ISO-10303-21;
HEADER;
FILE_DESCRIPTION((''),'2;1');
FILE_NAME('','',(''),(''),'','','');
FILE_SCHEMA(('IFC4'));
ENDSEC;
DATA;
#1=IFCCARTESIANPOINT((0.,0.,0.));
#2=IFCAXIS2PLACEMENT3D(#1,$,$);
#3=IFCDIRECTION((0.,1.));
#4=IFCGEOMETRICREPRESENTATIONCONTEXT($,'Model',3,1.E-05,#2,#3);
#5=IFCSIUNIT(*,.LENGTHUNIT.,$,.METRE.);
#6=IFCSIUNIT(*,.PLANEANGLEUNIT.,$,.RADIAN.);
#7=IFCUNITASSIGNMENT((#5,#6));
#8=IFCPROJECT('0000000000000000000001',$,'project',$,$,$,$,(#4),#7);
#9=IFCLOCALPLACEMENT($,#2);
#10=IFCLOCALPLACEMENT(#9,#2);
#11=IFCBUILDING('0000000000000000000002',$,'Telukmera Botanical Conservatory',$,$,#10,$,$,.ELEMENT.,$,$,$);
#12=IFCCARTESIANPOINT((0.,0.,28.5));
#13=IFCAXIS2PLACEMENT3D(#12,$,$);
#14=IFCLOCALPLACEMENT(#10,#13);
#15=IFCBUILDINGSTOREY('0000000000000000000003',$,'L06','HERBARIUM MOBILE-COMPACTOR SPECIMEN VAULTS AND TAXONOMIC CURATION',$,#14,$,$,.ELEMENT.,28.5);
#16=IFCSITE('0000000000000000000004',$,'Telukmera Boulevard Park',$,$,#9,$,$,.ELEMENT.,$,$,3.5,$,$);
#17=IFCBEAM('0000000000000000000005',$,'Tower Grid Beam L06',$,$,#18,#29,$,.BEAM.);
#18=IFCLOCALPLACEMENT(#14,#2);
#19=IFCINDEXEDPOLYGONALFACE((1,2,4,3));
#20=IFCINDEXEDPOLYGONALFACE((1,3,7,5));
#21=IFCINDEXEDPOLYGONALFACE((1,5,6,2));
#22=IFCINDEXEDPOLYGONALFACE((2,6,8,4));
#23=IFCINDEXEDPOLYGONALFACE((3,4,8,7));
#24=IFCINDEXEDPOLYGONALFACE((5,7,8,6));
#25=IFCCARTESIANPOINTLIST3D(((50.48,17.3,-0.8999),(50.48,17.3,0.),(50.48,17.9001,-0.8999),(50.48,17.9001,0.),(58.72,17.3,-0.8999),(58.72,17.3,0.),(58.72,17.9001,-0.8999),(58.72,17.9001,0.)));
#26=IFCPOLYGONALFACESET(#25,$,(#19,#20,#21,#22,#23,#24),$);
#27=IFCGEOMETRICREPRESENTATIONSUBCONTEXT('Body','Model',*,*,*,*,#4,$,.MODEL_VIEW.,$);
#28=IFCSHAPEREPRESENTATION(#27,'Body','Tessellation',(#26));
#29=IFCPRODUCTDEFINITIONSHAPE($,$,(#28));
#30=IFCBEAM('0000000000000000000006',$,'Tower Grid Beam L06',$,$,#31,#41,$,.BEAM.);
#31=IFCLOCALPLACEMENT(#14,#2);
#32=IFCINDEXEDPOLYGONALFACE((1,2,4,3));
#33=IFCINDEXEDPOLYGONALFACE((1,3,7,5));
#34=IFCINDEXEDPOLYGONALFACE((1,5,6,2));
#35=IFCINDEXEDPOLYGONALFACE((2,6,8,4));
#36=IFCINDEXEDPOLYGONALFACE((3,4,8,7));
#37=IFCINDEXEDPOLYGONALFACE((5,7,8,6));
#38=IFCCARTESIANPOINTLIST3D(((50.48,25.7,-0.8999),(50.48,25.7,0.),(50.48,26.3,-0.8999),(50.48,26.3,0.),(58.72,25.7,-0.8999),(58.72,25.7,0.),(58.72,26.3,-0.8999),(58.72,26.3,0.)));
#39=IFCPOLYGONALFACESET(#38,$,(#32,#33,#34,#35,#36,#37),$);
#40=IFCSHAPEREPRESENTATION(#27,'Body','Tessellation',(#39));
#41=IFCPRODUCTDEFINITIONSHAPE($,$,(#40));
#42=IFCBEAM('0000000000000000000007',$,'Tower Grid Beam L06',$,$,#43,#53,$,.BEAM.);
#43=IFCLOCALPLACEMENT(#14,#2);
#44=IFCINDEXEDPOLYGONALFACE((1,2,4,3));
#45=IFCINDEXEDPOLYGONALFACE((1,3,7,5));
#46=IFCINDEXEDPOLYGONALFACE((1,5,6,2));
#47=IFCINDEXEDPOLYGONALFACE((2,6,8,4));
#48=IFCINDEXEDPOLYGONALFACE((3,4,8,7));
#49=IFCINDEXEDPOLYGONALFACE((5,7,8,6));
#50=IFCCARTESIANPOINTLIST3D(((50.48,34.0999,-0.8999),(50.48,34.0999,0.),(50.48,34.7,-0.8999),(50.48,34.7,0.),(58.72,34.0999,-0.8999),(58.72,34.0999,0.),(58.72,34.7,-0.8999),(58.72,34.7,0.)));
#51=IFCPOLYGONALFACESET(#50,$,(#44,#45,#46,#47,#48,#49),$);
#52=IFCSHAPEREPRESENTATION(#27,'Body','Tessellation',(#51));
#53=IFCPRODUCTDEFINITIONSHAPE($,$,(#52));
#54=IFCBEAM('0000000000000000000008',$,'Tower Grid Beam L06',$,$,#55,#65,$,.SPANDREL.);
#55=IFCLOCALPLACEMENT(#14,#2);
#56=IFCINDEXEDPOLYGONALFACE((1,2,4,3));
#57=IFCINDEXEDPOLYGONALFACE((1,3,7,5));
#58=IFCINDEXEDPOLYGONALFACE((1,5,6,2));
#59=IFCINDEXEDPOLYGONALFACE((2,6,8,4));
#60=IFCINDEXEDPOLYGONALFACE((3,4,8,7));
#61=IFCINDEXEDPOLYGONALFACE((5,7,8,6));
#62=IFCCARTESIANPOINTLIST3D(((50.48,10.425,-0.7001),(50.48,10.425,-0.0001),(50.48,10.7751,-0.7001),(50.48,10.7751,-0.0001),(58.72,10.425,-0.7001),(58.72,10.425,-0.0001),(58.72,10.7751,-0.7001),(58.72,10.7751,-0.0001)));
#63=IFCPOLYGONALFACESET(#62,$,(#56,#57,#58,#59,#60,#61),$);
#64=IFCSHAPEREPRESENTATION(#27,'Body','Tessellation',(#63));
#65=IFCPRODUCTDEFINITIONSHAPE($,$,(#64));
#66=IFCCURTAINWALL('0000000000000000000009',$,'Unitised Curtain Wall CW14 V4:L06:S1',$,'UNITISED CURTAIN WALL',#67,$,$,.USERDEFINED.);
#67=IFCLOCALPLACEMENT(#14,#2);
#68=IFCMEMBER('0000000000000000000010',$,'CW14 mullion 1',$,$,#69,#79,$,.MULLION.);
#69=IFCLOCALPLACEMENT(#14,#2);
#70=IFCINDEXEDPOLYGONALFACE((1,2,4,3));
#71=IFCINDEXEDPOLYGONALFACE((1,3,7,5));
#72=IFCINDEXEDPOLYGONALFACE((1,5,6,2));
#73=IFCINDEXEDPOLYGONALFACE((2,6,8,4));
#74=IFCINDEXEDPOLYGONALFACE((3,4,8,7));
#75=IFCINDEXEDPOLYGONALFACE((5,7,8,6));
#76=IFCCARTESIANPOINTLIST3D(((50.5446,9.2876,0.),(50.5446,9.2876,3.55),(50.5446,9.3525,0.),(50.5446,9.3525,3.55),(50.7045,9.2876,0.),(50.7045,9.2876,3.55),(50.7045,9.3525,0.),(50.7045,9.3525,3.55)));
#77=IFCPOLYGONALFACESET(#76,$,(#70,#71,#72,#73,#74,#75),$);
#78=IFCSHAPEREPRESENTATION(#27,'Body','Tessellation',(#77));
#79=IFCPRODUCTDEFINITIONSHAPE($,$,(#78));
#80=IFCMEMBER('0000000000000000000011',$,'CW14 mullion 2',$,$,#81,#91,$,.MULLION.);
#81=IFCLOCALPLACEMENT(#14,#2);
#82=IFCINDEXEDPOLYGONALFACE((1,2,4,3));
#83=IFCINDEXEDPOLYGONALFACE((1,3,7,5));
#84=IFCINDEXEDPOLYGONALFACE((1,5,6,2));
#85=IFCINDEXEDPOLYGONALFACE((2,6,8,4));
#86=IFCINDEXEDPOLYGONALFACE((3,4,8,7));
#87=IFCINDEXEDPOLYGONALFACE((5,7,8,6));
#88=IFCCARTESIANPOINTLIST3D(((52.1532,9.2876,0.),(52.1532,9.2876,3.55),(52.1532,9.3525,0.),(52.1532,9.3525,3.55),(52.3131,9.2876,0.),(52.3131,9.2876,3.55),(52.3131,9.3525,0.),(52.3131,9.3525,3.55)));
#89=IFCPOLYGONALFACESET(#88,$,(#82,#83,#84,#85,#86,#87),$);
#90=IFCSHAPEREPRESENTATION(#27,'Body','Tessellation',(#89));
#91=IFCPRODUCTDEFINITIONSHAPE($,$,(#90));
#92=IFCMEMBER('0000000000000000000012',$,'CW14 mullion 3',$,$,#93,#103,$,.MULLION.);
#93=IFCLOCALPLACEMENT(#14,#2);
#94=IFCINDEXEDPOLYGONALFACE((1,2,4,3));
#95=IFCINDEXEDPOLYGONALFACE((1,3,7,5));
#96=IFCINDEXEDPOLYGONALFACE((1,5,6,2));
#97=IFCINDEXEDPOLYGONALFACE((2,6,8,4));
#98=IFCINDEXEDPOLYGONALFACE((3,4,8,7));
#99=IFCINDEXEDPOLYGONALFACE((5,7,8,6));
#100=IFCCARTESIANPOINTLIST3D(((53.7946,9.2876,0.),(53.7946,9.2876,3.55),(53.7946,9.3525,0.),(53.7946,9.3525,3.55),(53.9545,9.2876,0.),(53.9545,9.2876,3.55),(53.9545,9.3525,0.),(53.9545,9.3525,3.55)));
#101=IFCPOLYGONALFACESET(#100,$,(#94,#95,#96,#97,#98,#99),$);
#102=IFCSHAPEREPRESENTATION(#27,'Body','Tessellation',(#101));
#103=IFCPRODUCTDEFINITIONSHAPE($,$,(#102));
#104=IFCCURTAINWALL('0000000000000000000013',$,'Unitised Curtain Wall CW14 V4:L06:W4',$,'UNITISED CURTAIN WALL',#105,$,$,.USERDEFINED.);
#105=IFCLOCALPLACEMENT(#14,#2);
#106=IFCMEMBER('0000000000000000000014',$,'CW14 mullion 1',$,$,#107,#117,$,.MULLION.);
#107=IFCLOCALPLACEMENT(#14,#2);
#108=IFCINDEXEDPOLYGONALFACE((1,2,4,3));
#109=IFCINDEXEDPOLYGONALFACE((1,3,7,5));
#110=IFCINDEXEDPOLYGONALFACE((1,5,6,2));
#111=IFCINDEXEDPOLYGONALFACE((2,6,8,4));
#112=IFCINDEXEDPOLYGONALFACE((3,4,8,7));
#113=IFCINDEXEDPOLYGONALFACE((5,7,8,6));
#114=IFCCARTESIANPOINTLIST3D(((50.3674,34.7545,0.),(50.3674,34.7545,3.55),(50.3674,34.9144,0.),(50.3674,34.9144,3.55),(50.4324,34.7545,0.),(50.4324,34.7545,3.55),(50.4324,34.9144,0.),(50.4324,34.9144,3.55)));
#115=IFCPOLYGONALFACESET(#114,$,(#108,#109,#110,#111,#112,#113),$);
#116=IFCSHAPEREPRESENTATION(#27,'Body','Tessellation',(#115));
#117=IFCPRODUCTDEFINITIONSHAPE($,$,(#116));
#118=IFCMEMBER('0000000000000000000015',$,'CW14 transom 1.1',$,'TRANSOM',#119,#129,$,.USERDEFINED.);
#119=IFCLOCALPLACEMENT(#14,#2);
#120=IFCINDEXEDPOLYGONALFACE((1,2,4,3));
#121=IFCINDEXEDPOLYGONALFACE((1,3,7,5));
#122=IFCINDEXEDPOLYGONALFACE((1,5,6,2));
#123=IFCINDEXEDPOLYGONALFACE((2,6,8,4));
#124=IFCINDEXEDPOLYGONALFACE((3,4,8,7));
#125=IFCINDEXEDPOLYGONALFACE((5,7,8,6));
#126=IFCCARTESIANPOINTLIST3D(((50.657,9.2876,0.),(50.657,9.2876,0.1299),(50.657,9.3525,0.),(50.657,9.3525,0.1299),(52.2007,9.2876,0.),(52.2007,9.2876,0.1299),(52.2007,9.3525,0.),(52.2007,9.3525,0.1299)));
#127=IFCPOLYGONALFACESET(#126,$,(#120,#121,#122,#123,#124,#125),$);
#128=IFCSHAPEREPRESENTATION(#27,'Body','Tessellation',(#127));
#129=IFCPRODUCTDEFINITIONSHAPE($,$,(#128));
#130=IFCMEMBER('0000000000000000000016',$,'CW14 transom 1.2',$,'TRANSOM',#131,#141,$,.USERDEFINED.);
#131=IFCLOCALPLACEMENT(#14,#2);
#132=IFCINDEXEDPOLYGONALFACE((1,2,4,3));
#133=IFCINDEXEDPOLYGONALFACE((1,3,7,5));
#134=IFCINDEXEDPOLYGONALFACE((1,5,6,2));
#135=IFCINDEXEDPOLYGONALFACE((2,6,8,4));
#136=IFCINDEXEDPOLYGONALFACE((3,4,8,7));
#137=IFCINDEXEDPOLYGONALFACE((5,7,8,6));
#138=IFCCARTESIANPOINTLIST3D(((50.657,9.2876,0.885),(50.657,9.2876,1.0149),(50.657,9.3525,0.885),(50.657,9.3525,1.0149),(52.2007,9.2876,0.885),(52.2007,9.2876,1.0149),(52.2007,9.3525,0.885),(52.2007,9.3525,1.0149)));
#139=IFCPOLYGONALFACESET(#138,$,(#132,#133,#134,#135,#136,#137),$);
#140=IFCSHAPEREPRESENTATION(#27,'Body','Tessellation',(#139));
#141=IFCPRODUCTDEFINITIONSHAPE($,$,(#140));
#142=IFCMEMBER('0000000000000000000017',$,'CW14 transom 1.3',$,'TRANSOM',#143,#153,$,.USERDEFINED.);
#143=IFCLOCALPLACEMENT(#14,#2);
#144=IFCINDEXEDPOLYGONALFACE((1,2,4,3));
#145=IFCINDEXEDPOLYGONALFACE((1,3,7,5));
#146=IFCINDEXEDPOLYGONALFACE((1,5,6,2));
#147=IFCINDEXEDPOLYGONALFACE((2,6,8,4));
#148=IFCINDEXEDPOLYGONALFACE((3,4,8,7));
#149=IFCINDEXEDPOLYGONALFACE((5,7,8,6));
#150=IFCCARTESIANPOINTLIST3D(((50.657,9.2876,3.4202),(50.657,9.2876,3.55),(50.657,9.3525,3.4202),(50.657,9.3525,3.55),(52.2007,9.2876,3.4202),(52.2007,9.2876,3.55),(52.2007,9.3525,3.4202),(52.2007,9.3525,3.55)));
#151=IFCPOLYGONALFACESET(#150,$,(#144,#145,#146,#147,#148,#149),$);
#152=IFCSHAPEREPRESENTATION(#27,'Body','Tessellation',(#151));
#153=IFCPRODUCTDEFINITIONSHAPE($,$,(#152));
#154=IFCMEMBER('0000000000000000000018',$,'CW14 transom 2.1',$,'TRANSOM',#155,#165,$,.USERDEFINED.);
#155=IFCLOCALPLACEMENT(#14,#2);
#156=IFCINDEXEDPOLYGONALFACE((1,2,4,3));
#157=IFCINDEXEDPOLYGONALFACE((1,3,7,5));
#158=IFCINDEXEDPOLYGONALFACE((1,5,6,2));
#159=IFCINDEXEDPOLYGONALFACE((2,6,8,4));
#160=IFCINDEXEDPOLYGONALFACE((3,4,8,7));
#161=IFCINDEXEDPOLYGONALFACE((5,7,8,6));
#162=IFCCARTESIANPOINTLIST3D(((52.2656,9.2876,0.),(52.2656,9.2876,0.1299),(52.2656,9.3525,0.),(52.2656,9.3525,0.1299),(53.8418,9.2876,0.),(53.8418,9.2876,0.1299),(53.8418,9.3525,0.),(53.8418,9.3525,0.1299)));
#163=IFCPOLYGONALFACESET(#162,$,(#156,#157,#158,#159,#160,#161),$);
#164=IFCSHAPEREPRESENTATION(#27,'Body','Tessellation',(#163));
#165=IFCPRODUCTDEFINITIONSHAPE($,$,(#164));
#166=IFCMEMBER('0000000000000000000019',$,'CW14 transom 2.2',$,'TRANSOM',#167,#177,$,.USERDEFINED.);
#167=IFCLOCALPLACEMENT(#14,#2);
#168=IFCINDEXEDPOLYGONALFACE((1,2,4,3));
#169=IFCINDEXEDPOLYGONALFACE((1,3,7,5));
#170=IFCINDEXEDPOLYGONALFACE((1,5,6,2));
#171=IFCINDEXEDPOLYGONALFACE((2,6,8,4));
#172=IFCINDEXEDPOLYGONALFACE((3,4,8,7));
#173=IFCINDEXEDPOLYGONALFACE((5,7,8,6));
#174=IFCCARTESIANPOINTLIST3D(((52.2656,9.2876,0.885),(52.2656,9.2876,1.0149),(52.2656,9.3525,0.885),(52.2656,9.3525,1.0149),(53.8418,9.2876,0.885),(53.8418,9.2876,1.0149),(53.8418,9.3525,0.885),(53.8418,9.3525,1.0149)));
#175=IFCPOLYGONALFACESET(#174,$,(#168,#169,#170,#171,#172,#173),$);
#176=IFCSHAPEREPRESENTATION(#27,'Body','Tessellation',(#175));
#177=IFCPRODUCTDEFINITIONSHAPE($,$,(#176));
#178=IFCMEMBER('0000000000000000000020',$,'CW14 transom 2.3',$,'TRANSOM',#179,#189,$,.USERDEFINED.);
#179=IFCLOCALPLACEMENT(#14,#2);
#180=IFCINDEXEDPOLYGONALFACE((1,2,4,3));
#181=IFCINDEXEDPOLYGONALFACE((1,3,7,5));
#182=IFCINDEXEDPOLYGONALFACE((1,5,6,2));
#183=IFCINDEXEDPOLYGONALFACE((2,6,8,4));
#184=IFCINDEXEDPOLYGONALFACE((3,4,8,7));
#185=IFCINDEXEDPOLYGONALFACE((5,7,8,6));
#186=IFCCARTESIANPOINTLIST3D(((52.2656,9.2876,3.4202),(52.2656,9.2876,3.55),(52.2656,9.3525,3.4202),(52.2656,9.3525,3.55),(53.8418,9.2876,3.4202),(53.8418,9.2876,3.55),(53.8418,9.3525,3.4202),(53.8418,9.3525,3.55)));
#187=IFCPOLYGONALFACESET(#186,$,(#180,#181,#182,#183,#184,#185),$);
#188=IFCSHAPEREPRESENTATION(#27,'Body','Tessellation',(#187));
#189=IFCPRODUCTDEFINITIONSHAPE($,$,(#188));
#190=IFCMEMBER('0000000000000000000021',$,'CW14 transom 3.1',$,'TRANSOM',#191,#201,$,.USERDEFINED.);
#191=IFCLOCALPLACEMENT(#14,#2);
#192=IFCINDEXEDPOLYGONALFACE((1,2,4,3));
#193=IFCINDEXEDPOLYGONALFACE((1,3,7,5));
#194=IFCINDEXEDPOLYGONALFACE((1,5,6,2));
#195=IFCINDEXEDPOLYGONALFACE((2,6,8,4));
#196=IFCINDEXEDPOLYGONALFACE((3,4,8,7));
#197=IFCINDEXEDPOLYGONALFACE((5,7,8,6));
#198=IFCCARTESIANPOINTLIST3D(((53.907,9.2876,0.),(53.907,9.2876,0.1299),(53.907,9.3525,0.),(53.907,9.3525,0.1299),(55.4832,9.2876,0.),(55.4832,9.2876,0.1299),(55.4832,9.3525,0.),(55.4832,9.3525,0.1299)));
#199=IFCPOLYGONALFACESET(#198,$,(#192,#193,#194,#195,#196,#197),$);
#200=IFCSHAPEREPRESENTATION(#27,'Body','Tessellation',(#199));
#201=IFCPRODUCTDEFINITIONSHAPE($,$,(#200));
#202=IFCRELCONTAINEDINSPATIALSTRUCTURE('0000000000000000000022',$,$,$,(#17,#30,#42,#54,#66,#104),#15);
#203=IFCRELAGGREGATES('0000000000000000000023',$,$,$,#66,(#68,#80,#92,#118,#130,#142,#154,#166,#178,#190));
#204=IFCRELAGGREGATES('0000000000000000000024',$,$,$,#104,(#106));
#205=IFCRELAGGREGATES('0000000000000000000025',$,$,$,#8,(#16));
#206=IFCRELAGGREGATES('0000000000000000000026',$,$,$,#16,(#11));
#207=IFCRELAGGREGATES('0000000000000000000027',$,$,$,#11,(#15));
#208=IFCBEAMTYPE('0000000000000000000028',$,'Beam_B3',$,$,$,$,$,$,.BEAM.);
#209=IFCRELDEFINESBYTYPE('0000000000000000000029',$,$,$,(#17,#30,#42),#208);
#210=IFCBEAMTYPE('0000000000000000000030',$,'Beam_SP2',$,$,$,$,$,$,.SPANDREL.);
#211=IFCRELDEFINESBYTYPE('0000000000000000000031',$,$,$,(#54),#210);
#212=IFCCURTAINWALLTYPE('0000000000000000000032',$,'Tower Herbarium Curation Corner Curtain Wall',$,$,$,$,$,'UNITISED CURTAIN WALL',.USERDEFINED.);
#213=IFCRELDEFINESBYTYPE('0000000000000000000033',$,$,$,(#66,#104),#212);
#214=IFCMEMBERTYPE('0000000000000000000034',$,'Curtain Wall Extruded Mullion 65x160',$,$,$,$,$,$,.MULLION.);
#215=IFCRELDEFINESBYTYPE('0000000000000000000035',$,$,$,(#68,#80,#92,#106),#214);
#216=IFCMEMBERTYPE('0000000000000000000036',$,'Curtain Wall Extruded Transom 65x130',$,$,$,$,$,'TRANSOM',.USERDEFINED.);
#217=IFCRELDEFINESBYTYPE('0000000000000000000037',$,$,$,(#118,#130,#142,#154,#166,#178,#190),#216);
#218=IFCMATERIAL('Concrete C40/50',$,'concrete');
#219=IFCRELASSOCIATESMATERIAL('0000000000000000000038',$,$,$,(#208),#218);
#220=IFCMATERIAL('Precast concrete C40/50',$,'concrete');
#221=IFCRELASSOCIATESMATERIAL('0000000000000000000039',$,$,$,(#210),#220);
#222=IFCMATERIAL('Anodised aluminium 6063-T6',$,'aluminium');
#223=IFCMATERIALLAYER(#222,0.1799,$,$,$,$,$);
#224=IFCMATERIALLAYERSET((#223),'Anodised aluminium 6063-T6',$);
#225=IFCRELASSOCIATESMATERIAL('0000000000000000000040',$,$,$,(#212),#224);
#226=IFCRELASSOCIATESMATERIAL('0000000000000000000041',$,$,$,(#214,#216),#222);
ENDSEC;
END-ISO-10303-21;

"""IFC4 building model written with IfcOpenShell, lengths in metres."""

from ifc_helpers import new_model, si_unit, direction, frame, origin, origin_2d, place, context, subcontext, project, spatial, rectangle, extrude, material, layer, layer_set, material_profile, profile_set, type_object, element, aggregate, save


model = new_model("IFC4")

# Units and contexts
model_context = context("Model", 3, precision=1e-05, world=origin(), true_north=direction((0.0, 1.0)))
body_context = subcontext(model_context, "Body", "Model", "MODEL_VIEW")
ifc_project = project(units=[si_unit("LENGTHUNIT", "METRE"), si_unit("PLANEANGLEUNIT", "RADIAN")], contexts=[model_context])

# Site, building, storey
site_placement = place(None, origin())
site = spatial("IfcSite", under=ifc_project, at=site_placement, Name="Telukmera Boulevard Park", CompositionType="ELEMENT", RefElevation=3.5)
building_placement = place(site_placement, origin())
building = spatial("IfcBuilding", under=site, at=building_placement, Name="Telukmera Botanical Conservatory", CompositionType="ELEMENT")
storey_placement = place(building_placement, frame((0.0, 0.0, 28.5)))
storey = spatial("IfcBuildingStorey", under=building, at=storey_placement, Name="L06", Description="HERBARIUM MOBILE-COMPACTOR SPECIMEN VAULTS AND TAXONOMIC CURATION", CompositionType="ELEMENT", Elevation=28.5)

# Beams
ifc_material_1 = material(Name="Concrete C40/50", Category="concrete")
ifc_material_profile_1 = material_profile(ifc_material_1, rectangle(XDim=0.6001, YDim=0.8999, at=origin_2d()), Name="RC 600x900")
ifc_profile_set_1 = profile_set([ifc_material_profile_1], Name="Concrete C40/50")
beam_type_1 = type_object("IfcBeamType", Name="Beam_B3", PredefinedType="BEAM", material=ifc_profile_set_1)
for number, where, z_axis, x_axis, name in (
    (1, (50.48, 17.6001, -0.45), (1.0, 0.0, 0.0), (0.0, 1.0, 0.0), "Tower Grid Beam L06"),
    (2, (50.48, 26.0, -0.45), (1.0, 0.0, 0.0), (0.0, 1.0, 0.0), "Tower Grid Beam L06"),
    (3, (50.48, 34.3999, -0.45), (1.0, 0.0, 0.0), (0.0, 1.0, 0.0), "Tower Grid Beam L06"),
):
    element("IfcBeam", number, at=place(storey_placement, frame(where, z_axis=z_axis, x_axis=x_axis)), inside=storey, type_object=beam_type_1, Name=name, PredefinedType="BEAM", context=body_context, shape_type="SweptSolid", body=[
        extrude(rectangle(XDim=0.6001, YDim=0.8999, at=origin_2d()), origin(), (0.0, 0.0, 1.0), 8.24),
    ])
ifc_material_2 = material(Name="Precast concrete C40/50", Category="concrete")
ifc_material_profile_2 = material_profile(ifc_material_2, rectangle(XDim=0.3501, YDim=0.7, at=origin_2d()), Name="PC 350x700")
ifc_profile_set_2 = profile_set([ifc_material_profile_2], Name="Precast concrete C40/50")
beam_type_2 = type_object("IfcBeamType", Name="Beam_SP2", PredefinedType="SPANDREL", material=ifc_profile_set_2)
beam_placement = place(storey_placement, frame((50.48, 10.6001, -0.3501), z_axis=(1.0, 0.0, 0.0), x_axis=(0.0, 1.0, 0.0)))
element("IfcBeam", 4, at=beam_placement, inside=storey, type_object=beam_type_2, Name="Tower Grid Beam L06", PredefinedType="SPANDREL", context=body_context, shape_type="SweptSolid", body=[
    extrude(rectangle(XDim=0.3501, YDim=0.7, at=origin_2d()), origin(), (0.0, 0.0, 1.0), 8.24),
])

# Curtain wall, members
ifc_material_3 = material(Name="Anodised aluminium 6063-T6", Category="aluminium")
ifc_layer_1 = layer(ifc_material_3, 0.1799)
ifc_layer_set_1 = layer_set([ifc_layer_1], Name="Anodised aluminium 6063-T6")
curtain_wall_type = type_object("IfcCurtainWallType", Name="Tower Herbarium Curation Corner Curtain Wall", ElementType="UNITISED CURTAIN WALL", PredefinedType="USERDEFINED", material=ifc_layer_set_1)
curtain_wall_1_placement = place(storey_placement, origin())
curtain_wall_1 = element("IfcCurtainWall", 5, at=curtain_wall_1_placement, inside=storey, type_object=curtain_wall_type, Name="Unitised Curtain Wall CW14 V4:L06:S1", ObjectType="UNITISED CURTAIN WALL", PredefinedType="USERDEFINED")
ifc_material_profile_3 = material_profile(ifc_material_3, rectangle(XDim=0.0649, YDim=0.1599, at=origin_2d()), Name="ALU MULL 65x160")
ifc_profile_set_3 = profile_set([ifc_material_profile_3], Name="Anodised aluminium 6063-T6")
member_type_1 = type_object("IfcMemberType", Name="Curtain Wall Extruded Mullion 65x160", PredefinedType="MULLION", material=ifc_profile_set_3)
member_1_placement = place(storey_placement, frame((50.6245, 9.3201, 0.0), z_axis=(0.0, 0.0, 1.0), x_axis=(0.0, 1.0, 0.0)))
member_1 = element("IfcMember", 6, at=member_1_placement, type_object=member_type_1, Name="CW14 mullion 1", PredefinedType="MULLION", context=body_context, shape_type="SweptSolid", body=[
    extrude(rectangle(XDim=0.0649, YDim=0.1599, at=origin_2d()), origin(), (0.0, 0.0, 1.0), 3.55),
])
member_2_placement = place(storey_placement, frame((52.2332, 9.3201, 0.0), z_axis=(0.0, 0.0, 1.0), x_axis=(0.0, 1.0, 0.0)))
member_2 = element("IfcMember", 7, at=member_2_placement, type_object=member_type_1, Name="CW14 mullion 2", PredefinedType="MULLION", context=body_context, shape_type="SweptSolid", body=[
    extrude(rectangle(XDim=0.0649, YDim=0.1599, at=origin_2d()), origin(), (0.0, 0.0, 1.0), 3.55),
])
member_3_placement = place(storey_placement, frame((53.8745, 9.3201, 0.0), z_axis=(0.0, 0.0, 1.0), x_axis=(0.0, 1.0, 0.0)))
member_3 = element("IfcMember", 8, at=member_3_placement, type_object=member_type_1, Name="CW14 mullion 3", PredefinedType="MULLION", context=body_context, shape_type="SweptSolid", body=[
    extrude(rectangle(XDim=0.0649, YDim=0.1599, at=origin_2d()), origin(), (0.0, 0.0, 1.0), 3.55),
])

# Curtain wall, member
curtain_wall_2_placement = place(storey_placement, origin())
curtain_wall_2 = element("IfcCurtainWall", 9, at=curtain_wall_2_placement, inside=storey, type_object=curtain_wall_type, Name="Unitised Curtain Wall CW14 V4:L06:W4", ObjectType="UNITISED CURTAIN WALL", PredefinedType="USERDEFINED")
member_4_placement = place(storey_placement, frame((50.3999, 34.8345, 0.0), z_axis=(0.0, 0.0, 1.0), x_axis=(-1.0, 0.0, 0.0)))
member_4 = element("IfcMember", 10, at=member_4_placement, type_object=member_type_1, Name="CW14 mullion 1", PredefinedType="MULLION", context=body_context, shape_type="SweptSolid", body=[
    extrude(rectangle(XDim=0.0649, YDim=0.1599, at=origin_2d()), origin(), (0.0, 0.0, 1.0), 3.55),
])

# Members
ifc_material_profile_4 = material_profile(ifc_material_3, rectangle(XDim=0.0649, YDim=0.1299, at=origin_2d()), Name="ALU TRAN 65x130")
ifc_profile_set_4 = profile_set([ifc_material_profile_4], Name="Anodised aluminium 6063-T6")
member_type_2 = type_object("IfcMemberType", Name="Curtain Wall Extruded Transom 65x130", ElementType="TRANSOM", PredefinedType="USERDEFINED", material=ifc_profile_set_4)
member_5_placement = place(storey_placement, frame((50.657, 9.3201, 0.0649), z_axis=(1.0, 0.0, 0.0), x_axis=(0.0, 1.0, 0.0)))
member_5 = element("IfcMember", 11, at=member_5_placement, type_object=member_type_2, Name="CW14 transom 1.1", ObjectType="TRANSOM", PredefinedType="USERDEFINED", context=body_context, shape_type="SweptSolid", body=[
    extrude(rectangle(XDim=0.0649, YDim=0.1299, at=origin_2d()), origin(), (0.0, 0.0, 1.0), 1.5437),
])
member_6_placement = place(storey_placement, frame((50.657, 9.3201, 0.95), z_axis=(1.0, 0.0, 0.0), x_axis=(0.0, 1.0, 0.0)))
member_6 = element("IfcMember", 12, at=member_6_placement, type_object=member_type_2, Name="CW14 transom 1.2", ObjectType="TRANSOM", PredefinedType="USERDEFINED", context=body_context, shape_type="SweptSolid", body=[
    extrude(rectangle(XDim=0.0649, YDim=0.1299, at=origin_2d()), origin(), (0.0, 0.0, 1.0), 1.5437),
])
member_7_placement = place(storey_placement, frame((50.657, 9.3201, 3.4851), z_axis=(1.0, 0.0, 0.0), x_axis=(0.0, 1.0, 0.0)))
member_7 = element("IfcMember", 13, at=member_7_placement, type_object=member_type_2, Name="CW14 transom 1.3", ObjectType="TRANSOM", PredefinedType="USERDEFINED", context=body_context, shape_type="SweptSolid", body=[
    extrude(rectangle(XDim=0.0649, YDim=0.1299, at=origin_2d()), origin(), (0.0, 0.0, 1.0), 1.5437),
])
member_8_placement = place(storey_placement, frame((52.2656, 9.3201, 0.0649), z_axis=(1.0, 0.0, 0.0), x_axis=(0.0, 1.0, 0.0)))
member_8 = element("IfcMember", 14, at=member_8_placement, type_object=member_type_2, Name="CW14 transom 2.1", ObjectType="TRANSOM", PredefinedType="USERDEFINED", context=body_context, shape_type="SweptSolid", body=[
    extrude(rectangle(XDim=0.0649, YDim=0.1299, at=origin_2d()), origin(), (0.0, 0.0, 1.0), 1.5762),
])
member_9_placement = place(storey_placement, frame((52.2656, 9.3201, 0.95), z_axis=(1.0, 0.0, 0.0), x_axis=(0.0, 1.0, 0.0)))
member_9 = element("IfcMember", 15, at=member_9_placement, type_object=member_type_2, Name="CW14 transom 2.2", ObjectType="TRANSOM", PredefinedType="USERDEFINED", context=body_context, shape_type="SweptSolid", body=[
    extrude(rectangle(XDim=0.0649, YDim=0.1299, at=origin_2d()), origin(), (0.0, 0.0, 1.0), 1.5762),
])
member_10_placement = place(storey_placement, frame((52.2656, 9.3201, 3.4851), z_axis=(1.0, 0.0, 0.0), x_axis=(0.0, 1.0, 0.0)))
member_10 = element("IfcMember", 16, at=member_10_placement, type_object=member_type_2, Name="CW14 transom 2.3", ObjectType="TRANSOM", PredefinedType="USERDEFINED", context=body_context, shape_type="SweptSolid", body=[
    extrude(rectangle(XDim=0.0649, YDim=0.1299, at=origin_2d()), origin(), (0.0, 0.0, 1.0), 1.5762),
])
member_11_placement = place(storey_placement, frame((53.907, 9.3201, 0.0649), z_axis=(1.0, 0.0, 0.0), x_axis=(0.0, 1.0, 0.0)))
member_11 = element("IfcMember", 17, at=member_11_placement, type_object=member_type_2, Name="CW14 transom 3.1", ObjectType="TRANSOM", PredefinedType="USERDEFINED", context=body_context, shape_type="SweptSolid", body=[
    extrude(rectangle(XDim=0.0649, YDim=0.1299, at=origin_2d()), origin(), (0.0, 0.0, 1.0), 1.5762),
])

aggregate(curtain_wall_1, [member_1, member_2, member_3, member_5, member_6, member_7, member_8, member_9, member_10, member_11])
aggregate(curtain_wall_2, [member_4])

save(model, "model.ifc")
